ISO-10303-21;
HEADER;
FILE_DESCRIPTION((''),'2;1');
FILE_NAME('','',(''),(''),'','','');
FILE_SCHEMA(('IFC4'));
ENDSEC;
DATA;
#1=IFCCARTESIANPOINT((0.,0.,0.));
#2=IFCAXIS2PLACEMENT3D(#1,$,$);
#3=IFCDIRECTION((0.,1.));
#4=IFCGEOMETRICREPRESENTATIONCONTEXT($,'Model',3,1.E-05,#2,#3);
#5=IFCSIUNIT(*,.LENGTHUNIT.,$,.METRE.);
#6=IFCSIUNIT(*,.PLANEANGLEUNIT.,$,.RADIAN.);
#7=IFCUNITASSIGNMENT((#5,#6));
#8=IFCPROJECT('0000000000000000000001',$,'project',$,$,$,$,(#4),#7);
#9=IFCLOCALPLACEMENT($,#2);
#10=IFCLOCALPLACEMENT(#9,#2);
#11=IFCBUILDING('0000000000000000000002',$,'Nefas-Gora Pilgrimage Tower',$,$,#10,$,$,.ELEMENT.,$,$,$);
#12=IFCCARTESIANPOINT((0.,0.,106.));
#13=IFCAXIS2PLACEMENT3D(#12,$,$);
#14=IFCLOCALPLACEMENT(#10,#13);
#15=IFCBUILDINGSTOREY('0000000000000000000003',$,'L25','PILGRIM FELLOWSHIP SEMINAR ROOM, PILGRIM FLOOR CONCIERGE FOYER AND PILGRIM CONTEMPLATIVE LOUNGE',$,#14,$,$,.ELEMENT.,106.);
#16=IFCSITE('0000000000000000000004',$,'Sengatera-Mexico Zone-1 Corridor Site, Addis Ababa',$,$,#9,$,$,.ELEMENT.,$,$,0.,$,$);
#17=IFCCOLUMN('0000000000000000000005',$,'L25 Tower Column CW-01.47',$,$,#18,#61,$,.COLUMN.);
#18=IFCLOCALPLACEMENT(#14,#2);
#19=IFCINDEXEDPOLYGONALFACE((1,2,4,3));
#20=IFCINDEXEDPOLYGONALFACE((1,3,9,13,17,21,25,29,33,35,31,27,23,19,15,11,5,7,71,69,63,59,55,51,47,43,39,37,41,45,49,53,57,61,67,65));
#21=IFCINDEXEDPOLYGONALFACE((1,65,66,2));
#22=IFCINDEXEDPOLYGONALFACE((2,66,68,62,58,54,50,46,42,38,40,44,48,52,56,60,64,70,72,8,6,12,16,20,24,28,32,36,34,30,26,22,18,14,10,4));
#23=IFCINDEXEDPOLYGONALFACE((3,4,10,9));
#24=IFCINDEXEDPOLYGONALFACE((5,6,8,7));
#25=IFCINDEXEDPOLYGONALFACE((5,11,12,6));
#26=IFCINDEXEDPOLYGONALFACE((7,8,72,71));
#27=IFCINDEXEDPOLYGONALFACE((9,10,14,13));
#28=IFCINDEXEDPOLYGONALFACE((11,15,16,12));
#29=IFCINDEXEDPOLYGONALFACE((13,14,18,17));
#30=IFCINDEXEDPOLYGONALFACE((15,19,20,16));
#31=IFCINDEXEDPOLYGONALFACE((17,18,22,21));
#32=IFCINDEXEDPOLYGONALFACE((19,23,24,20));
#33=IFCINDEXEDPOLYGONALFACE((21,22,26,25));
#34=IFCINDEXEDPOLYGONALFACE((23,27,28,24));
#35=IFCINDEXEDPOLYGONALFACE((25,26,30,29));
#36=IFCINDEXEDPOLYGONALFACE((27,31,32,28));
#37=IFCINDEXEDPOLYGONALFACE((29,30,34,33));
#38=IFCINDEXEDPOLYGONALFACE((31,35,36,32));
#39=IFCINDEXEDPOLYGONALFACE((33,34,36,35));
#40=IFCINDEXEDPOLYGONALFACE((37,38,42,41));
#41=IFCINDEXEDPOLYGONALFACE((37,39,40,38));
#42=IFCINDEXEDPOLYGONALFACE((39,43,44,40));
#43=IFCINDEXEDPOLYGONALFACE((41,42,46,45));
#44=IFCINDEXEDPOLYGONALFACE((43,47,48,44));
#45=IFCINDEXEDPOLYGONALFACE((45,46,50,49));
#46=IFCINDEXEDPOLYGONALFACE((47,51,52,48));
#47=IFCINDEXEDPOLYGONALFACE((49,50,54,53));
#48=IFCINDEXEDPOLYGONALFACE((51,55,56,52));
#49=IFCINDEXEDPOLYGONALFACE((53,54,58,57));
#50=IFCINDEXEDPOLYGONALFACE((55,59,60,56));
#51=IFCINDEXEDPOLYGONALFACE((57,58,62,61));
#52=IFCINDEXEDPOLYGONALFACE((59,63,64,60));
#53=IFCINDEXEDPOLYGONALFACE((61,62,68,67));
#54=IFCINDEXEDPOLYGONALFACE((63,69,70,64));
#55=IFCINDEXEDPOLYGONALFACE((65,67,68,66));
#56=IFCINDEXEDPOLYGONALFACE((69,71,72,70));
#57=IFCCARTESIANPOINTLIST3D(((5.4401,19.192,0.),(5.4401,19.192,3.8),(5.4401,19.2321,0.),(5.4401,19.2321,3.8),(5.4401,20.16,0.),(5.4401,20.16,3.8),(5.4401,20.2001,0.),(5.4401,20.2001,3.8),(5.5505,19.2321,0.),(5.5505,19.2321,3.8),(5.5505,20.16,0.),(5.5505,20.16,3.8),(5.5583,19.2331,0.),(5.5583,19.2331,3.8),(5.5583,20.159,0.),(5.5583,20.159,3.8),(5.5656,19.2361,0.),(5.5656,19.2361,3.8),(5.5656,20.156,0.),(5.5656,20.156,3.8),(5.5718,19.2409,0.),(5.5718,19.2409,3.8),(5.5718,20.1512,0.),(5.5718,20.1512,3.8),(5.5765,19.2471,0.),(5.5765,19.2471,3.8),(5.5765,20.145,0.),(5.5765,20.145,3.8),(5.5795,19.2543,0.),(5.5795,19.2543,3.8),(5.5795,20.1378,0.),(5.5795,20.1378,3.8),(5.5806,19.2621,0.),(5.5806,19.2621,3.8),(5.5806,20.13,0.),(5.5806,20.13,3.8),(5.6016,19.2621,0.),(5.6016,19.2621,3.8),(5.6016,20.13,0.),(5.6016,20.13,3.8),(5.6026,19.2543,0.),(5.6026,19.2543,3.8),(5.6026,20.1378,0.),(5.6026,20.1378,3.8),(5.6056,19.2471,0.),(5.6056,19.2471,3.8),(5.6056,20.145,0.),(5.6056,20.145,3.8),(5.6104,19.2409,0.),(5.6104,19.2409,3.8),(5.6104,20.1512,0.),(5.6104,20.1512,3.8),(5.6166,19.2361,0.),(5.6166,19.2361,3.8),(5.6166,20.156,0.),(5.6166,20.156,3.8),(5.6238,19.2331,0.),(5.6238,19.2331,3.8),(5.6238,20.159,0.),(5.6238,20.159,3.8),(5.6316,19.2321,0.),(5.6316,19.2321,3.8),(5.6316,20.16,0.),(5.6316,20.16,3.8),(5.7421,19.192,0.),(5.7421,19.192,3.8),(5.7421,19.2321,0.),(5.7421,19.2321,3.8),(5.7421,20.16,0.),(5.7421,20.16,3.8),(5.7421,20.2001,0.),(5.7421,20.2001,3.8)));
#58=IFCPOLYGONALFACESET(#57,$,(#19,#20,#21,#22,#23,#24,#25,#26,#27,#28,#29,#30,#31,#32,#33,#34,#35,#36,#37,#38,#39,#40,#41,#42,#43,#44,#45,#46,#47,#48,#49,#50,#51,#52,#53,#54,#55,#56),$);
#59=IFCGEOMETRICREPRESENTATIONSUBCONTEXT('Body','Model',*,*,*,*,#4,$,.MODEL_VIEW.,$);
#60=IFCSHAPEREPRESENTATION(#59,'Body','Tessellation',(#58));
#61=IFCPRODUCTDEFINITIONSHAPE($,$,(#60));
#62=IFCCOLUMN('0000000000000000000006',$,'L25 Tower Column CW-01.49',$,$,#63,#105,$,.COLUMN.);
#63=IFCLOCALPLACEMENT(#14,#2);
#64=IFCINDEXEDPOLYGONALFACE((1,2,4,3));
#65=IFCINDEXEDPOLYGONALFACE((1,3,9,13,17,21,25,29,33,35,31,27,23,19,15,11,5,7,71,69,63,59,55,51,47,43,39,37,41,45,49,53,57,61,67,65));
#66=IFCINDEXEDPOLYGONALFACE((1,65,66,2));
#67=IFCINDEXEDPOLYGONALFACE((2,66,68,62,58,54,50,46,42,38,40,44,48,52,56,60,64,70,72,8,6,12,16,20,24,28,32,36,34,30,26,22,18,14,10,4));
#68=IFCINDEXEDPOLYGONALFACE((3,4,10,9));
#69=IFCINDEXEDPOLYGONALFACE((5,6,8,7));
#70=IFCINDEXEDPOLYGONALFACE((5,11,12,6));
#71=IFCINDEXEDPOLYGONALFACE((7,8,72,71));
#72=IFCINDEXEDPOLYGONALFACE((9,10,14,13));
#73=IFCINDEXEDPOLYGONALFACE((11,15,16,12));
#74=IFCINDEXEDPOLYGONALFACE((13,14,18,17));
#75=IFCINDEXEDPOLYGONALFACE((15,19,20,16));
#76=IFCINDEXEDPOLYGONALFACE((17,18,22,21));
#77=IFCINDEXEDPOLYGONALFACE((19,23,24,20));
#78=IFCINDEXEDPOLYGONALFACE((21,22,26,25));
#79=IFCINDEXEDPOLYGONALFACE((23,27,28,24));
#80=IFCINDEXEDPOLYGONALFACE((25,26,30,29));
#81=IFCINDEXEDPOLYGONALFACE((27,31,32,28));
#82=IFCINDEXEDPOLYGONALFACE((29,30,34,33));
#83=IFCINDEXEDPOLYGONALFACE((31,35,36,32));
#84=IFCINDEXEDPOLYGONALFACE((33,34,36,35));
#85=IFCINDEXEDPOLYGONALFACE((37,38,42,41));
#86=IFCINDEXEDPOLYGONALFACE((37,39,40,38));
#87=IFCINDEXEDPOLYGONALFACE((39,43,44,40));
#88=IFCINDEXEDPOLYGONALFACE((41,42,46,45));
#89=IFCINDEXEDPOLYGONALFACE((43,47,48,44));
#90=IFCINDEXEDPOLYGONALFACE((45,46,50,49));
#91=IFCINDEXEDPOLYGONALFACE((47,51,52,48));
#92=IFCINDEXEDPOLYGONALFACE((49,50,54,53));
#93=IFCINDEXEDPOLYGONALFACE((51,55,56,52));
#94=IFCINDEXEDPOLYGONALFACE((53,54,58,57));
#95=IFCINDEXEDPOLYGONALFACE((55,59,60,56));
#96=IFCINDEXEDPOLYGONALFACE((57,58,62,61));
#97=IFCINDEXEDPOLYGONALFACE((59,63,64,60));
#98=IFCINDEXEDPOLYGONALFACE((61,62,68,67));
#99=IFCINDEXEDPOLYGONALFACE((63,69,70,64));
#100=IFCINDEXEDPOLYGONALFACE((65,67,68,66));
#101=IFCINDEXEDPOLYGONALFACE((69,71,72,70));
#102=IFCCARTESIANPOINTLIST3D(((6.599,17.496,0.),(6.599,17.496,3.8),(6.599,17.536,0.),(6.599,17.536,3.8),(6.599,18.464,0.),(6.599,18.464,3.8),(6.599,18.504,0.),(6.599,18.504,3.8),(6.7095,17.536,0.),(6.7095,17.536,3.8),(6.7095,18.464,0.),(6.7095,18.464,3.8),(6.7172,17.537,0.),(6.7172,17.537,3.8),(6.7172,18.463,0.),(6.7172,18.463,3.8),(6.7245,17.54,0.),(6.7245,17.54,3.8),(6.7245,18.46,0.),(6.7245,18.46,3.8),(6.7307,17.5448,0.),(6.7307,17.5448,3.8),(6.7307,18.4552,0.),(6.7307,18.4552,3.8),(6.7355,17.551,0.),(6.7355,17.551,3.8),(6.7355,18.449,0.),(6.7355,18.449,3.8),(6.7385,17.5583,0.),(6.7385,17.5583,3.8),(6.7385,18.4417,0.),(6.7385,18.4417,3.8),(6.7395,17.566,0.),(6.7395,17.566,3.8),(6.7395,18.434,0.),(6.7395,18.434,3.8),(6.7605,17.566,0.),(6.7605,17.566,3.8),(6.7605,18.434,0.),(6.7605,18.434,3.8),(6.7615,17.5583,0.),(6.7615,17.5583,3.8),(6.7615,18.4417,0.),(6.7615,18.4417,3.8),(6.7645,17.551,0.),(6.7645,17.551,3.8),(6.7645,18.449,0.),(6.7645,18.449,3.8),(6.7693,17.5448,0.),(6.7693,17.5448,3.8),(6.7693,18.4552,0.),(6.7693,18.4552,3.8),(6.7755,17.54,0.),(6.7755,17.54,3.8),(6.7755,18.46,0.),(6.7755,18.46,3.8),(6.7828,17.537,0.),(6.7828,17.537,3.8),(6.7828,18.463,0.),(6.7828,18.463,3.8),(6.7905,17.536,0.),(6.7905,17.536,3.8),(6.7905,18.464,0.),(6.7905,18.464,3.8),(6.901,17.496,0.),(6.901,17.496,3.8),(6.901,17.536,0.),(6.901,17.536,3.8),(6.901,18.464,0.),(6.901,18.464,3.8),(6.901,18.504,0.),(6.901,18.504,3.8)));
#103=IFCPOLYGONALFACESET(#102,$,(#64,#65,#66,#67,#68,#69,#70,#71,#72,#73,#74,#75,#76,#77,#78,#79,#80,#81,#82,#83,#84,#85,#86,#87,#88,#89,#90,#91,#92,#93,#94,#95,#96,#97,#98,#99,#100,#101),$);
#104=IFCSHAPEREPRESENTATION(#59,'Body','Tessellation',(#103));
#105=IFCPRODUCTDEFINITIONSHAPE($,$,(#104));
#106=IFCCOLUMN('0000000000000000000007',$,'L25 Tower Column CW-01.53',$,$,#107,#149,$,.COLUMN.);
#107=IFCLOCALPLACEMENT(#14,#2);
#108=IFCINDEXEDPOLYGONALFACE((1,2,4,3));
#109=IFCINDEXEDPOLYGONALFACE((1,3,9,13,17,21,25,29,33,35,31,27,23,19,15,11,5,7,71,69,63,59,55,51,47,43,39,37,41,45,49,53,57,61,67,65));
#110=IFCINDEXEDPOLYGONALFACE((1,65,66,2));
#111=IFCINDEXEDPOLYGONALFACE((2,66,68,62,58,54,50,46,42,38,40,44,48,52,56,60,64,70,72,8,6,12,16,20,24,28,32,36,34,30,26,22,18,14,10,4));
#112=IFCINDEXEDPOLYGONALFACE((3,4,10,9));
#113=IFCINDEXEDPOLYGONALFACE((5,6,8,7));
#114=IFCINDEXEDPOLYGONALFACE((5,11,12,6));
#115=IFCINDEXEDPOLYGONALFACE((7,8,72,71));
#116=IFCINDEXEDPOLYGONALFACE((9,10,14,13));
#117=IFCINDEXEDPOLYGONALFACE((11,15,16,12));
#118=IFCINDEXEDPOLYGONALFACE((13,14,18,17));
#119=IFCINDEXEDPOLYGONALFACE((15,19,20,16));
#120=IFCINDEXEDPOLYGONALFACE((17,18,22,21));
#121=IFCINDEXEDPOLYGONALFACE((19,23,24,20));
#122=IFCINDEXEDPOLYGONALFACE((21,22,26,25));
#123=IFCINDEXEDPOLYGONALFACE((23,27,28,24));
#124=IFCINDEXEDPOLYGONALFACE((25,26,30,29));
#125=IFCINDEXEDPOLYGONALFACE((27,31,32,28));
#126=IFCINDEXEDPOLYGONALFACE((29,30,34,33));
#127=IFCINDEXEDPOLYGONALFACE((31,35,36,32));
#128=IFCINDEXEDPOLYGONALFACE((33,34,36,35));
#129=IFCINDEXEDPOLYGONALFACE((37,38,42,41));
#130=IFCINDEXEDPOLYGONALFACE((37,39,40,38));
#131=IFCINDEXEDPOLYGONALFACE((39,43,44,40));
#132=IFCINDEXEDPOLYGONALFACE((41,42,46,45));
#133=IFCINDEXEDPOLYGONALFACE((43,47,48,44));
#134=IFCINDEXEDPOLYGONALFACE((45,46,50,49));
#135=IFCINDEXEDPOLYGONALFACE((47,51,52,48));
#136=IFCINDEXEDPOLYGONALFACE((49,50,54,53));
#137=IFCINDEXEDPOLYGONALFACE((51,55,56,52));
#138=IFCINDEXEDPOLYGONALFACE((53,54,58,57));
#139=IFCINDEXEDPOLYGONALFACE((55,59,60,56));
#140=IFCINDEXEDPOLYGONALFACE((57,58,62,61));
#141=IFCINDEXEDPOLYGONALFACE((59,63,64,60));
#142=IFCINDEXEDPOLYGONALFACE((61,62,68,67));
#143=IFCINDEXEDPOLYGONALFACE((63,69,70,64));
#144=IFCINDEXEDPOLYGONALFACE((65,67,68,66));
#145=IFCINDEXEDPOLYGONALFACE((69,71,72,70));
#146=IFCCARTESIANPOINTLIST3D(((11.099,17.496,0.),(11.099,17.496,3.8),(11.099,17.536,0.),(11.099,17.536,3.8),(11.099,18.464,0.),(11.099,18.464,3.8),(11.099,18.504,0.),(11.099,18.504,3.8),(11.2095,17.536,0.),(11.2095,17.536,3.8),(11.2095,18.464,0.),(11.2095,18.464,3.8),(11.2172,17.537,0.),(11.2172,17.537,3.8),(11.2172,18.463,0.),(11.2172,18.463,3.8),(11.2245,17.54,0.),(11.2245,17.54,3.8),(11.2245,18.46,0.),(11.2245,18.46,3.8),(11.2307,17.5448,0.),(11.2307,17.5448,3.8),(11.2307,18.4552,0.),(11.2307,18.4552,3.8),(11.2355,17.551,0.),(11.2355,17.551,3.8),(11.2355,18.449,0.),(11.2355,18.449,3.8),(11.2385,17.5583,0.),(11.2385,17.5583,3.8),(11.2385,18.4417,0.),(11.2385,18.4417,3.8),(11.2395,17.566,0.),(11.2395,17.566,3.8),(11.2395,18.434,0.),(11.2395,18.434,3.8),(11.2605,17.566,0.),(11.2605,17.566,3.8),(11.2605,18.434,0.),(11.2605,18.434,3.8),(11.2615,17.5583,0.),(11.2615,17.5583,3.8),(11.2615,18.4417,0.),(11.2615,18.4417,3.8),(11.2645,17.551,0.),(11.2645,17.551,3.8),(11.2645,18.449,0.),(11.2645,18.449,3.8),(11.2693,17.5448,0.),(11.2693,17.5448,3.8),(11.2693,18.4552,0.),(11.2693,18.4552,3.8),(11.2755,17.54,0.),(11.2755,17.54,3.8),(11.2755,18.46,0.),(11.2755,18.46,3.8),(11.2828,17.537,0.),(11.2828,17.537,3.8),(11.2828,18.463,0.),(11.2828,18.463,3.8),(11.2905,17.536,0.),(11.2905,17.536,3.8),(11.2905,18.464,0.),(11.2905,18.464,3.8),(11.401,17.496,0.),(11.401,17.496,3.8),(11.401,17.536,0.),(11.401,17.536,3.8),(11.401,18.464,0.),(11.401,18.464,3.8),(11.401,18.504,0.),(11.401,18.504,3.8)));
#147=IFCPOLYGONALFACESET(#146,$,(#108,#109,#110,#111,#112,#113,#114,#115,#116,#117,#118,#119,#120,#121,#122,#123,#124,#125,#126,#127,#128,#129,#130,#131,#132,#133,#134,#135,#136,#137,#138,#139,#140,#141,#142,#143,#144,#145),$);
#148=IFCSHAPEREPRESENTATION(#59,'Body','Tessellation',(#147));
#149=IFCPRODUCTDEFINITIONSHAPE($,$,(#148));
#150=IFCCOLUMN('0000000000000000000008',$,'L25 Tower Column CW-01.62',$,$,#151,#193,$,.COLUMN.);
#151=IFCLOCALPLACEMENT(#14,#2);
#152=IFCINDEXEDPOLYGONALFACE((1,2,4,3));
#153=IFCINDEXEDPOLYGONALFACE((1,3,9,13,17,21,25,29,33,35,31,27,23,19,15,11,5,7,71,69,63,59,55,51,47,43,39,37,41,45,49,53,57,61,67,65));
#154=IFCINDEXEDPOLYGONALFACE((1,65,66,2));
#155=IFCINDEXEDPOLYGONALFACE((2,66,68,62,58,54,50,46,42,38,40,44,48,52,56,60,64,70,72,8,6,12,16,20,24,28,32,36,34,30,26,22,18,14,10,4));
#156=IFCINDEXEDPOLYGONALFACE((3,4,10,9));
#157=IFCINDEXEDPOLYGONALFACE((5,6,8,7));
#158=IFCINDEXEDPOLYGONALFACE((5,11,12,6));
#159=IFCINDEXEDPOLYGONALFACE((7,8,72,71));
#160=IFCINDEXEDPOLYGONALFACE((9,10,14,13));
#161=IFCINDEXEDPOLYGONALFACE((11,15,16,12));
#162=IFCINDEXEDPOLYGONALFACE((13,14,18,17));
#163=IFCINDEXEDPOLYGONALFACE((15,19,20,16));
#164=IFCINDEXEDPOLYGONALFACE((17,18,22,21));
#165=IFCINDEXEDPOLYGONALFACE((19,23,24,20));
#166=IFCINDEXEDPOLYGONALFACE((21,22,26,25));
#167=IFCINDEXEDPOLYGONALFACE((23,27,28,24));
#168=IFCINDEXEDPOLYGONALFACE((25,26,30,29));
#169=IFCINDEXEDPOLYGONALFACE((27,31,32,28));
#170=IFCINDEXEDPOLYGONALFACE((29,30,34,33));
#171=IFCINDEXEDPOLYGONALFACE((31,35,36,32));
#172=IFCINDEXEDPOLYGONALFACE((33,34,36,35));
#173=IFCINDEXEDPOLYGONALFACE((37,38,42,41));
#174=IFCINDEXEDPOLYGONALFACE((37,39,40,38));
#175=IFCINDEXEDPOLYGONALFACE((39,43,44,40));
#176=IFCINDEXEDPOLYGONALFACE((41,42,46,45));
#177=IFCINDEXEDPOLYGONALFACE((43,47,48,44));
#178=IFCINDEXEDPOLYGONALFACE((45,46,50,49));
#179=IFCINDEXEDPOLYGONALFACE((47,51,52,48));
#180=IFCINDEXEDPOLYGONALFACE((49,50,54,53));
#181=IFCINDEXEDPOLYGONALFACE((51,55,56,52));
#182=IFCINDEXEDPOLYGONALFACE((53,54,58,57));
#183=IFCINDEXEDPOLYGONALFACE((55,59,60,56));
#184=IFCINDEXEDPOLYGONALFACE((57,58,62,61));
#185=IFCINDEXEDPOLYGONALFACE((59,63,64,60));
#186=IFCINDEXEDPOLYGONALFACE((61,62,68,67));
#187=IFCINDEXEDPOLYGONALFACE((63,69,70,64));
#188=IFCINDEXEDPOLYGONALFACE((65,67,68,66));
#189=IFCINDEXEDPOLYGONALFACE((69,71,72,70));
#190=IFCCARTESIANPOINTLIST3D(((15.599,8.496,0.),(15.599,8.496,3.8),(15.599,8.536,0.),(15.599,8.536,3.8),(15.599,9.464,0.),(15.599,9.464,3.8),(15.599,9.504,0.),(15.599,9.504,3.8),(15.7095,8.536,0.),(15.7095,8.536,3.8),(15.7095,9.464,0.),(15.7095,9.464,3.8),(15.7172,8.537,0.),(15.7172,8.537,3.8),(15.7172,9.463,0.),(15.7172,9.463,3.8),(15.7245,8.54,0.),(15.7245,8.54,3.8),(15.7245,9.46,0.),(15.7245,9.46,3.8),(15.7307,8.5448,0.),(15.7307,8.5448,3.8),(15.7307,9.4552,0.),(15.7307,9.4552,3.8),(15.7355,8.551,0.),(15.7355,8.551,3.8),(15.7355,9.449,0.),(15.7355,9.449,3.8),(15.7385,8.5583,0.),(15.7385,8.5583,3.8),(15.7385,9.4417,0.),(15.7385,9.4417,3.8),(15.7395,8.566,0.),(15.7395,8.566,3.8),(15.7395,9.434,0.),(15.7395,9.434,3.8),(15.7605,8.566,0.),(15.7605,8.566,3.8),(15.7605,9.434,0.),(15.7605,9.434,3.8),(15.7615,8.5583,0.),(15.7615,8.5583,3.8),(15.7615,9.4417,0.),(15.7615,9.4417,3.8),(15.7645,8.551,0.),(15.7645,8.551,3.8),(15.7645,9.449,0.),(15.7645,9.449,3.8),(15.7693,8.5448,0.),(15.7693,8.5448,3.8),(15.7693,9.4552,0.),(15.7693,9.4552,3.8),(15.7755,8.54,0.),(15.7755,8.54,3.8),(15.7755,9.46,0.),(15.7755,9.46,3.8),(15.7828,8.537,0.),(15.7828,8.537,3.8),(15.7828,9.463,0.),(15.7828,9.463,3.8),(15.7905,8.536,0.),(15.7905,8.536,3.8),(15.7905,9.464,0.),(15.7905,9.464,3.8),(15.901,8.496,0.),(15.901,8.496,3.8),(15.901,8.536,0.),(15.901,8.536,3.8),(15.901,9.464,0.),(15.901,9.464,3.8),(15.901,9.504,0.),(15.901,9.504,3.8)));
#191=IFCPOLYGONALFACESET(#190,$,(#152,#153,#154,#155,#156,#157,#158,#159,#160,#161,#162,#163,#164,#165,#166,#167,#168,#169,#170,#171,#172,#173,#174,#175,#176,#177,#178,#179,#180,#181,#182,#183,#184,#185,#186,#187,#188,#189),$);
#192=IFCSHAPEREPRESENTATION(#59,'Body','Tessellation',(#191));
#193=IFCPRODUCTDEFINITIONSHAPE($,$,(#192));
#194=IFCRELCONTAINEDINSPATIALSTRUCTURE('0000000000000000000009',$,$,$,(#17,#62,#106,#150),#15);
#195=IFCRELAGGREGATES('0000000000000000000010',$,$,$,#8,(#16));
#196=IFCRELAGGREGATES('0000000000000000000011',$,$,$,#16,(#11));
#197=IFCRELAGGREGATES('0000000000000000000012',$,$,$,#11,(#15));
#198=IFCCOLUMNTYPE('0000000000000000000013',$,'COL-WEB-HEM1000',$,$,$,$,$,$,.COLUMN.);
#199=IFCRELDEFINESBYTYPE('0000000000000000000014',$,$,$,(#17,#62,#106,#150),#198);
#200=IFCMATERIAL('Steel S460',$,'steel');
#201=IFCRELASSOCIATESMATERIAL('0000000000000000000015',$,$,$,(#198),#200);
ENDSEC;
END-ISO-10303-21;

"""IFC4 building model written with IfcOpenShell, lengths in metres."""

from ifc_helpers import new_model, si_unit, direction, frame, origin, origin_2d, place, context, subcontext, project, spatial, i_section, extrude, source, transform, mapped, material, material_profile, profile_set, type_object, element, save


model = new_model("IFC4")

# Units and contexts
model_context = context("Model", 3, precision=1e-05, world=origin(), true_north=direction((0.0, 1.0)))
body_context = subcontext(model_context, "Body", "Model", "MODEL_VIEW")
ifc_project = project(units=[si_unit("LENGTHUNIT", "METRE"), si_unit("PLANEANGLEUNIT", "RADIAN")], contexts=[model_context])

# Site, building, storey
site_placement = place(None, origin())
site = spatial("IfcSite", under=ifc_project, at=site_placement, Name="Sengatera-Mexico Zone-1 Corridor Site, Addis Ababa", CompositionType="ELEMENT", RefElevation=0.0)
building_placement = place(site_placement, origin())
building = spatial("IfcBuilding", under=site, at=building_placement, Name="Nefas-Gora Pilgrimage Tower", CompositionType="ELEMENT")
storey_placement = place(building_placement, frame((0.0, 0.0, 106.0)))
storey = spatial("IfcBuildingStorey", under=building, at=storey_placement, Name="L25", Description="PILGRIM FELLOWSHIP SEMINAR ROOM, PILGRIM FLOOR CONCIERGE FOYER AND PILGRIM CONTEMPLATIVE LOUNGE", CompositionType="ELEMENT", Elevation=106.0)

# Columns
ifc_material_1 = material(Name="Steel S460", Category="steel")
ifc_material_profile_1 = material_profile(ifc_material_1, i_section(OverallWidth=0.302, OverallDepth=1.0081, WebThickness=0.021, FlangeThickness=0.04, FilletRadius=0.03, at=origin_2d()), Name="HEM 1000")
ifc_profile_set_1 = profile_set([ifc_material_profile_1], Name="Steel S460")
column_type_1 = type_object("IfcColumnType", Name="COL-WEB-HEM1000", PredefinedType="COLUMN", material=ifc_profile_set_1)
shared_shape_1 = source(origin(), body_context, "Body", "SweptSolid", [
    extrude(i_section(OverallWidth=0.302, OverallDepth=1.0081, WebThickness=0.021, FlangeThickness=0.04, FilletRadius=0.03, at=origin_2d()), origin(), (0.0, 0.0, 1.0), 3.8),
])
for number, where, z_axis, x_axis, name in (
    (1, (5.5911, 19.696, 0.0), (0.0, 0.0, 1.0), (1.0, 0.0, 0.0), "L25 Tower Column CW-01.47"),
    (2, (6.75, 18.0, 0.0), (0.0, 0.0, 1.0), (1.0, 0.0, 0.0), "L25 Tower Column CW-01.49"),
    (3, (11.25, 18.0, 0.0), (0.0, 0.0, 1.0), (1.0, 0.0, 0.0), "L25 Tower Column CW-01.53"),
    (4, (15.75, 9.0, 0.0), (0.0, 0.0, 1.0), (1.0, 0.0, 0.0), "L25 Tower Column CW-01.62"),
):
    element("IfcColumn", number, at=place(storey_placement, frame(where, z_axis=z_axis, x_axis=x_axis)), inside=storey, type_object=column_type_1, Name=name, PredefinedType="COLUMN", context=body_context, shape_type="MappedRepresentation", body=[
        mapped(shared_shape_1, transform((0.0, 0.0, 0.0), x_axis=(1.0, 0.0, 0.0), y_axis=(0.0, 1.0, 0.0), z_axis=(0.0, 0.0, 1.0), scale=1.0)),
    ])

save(model, "model.ifc")
